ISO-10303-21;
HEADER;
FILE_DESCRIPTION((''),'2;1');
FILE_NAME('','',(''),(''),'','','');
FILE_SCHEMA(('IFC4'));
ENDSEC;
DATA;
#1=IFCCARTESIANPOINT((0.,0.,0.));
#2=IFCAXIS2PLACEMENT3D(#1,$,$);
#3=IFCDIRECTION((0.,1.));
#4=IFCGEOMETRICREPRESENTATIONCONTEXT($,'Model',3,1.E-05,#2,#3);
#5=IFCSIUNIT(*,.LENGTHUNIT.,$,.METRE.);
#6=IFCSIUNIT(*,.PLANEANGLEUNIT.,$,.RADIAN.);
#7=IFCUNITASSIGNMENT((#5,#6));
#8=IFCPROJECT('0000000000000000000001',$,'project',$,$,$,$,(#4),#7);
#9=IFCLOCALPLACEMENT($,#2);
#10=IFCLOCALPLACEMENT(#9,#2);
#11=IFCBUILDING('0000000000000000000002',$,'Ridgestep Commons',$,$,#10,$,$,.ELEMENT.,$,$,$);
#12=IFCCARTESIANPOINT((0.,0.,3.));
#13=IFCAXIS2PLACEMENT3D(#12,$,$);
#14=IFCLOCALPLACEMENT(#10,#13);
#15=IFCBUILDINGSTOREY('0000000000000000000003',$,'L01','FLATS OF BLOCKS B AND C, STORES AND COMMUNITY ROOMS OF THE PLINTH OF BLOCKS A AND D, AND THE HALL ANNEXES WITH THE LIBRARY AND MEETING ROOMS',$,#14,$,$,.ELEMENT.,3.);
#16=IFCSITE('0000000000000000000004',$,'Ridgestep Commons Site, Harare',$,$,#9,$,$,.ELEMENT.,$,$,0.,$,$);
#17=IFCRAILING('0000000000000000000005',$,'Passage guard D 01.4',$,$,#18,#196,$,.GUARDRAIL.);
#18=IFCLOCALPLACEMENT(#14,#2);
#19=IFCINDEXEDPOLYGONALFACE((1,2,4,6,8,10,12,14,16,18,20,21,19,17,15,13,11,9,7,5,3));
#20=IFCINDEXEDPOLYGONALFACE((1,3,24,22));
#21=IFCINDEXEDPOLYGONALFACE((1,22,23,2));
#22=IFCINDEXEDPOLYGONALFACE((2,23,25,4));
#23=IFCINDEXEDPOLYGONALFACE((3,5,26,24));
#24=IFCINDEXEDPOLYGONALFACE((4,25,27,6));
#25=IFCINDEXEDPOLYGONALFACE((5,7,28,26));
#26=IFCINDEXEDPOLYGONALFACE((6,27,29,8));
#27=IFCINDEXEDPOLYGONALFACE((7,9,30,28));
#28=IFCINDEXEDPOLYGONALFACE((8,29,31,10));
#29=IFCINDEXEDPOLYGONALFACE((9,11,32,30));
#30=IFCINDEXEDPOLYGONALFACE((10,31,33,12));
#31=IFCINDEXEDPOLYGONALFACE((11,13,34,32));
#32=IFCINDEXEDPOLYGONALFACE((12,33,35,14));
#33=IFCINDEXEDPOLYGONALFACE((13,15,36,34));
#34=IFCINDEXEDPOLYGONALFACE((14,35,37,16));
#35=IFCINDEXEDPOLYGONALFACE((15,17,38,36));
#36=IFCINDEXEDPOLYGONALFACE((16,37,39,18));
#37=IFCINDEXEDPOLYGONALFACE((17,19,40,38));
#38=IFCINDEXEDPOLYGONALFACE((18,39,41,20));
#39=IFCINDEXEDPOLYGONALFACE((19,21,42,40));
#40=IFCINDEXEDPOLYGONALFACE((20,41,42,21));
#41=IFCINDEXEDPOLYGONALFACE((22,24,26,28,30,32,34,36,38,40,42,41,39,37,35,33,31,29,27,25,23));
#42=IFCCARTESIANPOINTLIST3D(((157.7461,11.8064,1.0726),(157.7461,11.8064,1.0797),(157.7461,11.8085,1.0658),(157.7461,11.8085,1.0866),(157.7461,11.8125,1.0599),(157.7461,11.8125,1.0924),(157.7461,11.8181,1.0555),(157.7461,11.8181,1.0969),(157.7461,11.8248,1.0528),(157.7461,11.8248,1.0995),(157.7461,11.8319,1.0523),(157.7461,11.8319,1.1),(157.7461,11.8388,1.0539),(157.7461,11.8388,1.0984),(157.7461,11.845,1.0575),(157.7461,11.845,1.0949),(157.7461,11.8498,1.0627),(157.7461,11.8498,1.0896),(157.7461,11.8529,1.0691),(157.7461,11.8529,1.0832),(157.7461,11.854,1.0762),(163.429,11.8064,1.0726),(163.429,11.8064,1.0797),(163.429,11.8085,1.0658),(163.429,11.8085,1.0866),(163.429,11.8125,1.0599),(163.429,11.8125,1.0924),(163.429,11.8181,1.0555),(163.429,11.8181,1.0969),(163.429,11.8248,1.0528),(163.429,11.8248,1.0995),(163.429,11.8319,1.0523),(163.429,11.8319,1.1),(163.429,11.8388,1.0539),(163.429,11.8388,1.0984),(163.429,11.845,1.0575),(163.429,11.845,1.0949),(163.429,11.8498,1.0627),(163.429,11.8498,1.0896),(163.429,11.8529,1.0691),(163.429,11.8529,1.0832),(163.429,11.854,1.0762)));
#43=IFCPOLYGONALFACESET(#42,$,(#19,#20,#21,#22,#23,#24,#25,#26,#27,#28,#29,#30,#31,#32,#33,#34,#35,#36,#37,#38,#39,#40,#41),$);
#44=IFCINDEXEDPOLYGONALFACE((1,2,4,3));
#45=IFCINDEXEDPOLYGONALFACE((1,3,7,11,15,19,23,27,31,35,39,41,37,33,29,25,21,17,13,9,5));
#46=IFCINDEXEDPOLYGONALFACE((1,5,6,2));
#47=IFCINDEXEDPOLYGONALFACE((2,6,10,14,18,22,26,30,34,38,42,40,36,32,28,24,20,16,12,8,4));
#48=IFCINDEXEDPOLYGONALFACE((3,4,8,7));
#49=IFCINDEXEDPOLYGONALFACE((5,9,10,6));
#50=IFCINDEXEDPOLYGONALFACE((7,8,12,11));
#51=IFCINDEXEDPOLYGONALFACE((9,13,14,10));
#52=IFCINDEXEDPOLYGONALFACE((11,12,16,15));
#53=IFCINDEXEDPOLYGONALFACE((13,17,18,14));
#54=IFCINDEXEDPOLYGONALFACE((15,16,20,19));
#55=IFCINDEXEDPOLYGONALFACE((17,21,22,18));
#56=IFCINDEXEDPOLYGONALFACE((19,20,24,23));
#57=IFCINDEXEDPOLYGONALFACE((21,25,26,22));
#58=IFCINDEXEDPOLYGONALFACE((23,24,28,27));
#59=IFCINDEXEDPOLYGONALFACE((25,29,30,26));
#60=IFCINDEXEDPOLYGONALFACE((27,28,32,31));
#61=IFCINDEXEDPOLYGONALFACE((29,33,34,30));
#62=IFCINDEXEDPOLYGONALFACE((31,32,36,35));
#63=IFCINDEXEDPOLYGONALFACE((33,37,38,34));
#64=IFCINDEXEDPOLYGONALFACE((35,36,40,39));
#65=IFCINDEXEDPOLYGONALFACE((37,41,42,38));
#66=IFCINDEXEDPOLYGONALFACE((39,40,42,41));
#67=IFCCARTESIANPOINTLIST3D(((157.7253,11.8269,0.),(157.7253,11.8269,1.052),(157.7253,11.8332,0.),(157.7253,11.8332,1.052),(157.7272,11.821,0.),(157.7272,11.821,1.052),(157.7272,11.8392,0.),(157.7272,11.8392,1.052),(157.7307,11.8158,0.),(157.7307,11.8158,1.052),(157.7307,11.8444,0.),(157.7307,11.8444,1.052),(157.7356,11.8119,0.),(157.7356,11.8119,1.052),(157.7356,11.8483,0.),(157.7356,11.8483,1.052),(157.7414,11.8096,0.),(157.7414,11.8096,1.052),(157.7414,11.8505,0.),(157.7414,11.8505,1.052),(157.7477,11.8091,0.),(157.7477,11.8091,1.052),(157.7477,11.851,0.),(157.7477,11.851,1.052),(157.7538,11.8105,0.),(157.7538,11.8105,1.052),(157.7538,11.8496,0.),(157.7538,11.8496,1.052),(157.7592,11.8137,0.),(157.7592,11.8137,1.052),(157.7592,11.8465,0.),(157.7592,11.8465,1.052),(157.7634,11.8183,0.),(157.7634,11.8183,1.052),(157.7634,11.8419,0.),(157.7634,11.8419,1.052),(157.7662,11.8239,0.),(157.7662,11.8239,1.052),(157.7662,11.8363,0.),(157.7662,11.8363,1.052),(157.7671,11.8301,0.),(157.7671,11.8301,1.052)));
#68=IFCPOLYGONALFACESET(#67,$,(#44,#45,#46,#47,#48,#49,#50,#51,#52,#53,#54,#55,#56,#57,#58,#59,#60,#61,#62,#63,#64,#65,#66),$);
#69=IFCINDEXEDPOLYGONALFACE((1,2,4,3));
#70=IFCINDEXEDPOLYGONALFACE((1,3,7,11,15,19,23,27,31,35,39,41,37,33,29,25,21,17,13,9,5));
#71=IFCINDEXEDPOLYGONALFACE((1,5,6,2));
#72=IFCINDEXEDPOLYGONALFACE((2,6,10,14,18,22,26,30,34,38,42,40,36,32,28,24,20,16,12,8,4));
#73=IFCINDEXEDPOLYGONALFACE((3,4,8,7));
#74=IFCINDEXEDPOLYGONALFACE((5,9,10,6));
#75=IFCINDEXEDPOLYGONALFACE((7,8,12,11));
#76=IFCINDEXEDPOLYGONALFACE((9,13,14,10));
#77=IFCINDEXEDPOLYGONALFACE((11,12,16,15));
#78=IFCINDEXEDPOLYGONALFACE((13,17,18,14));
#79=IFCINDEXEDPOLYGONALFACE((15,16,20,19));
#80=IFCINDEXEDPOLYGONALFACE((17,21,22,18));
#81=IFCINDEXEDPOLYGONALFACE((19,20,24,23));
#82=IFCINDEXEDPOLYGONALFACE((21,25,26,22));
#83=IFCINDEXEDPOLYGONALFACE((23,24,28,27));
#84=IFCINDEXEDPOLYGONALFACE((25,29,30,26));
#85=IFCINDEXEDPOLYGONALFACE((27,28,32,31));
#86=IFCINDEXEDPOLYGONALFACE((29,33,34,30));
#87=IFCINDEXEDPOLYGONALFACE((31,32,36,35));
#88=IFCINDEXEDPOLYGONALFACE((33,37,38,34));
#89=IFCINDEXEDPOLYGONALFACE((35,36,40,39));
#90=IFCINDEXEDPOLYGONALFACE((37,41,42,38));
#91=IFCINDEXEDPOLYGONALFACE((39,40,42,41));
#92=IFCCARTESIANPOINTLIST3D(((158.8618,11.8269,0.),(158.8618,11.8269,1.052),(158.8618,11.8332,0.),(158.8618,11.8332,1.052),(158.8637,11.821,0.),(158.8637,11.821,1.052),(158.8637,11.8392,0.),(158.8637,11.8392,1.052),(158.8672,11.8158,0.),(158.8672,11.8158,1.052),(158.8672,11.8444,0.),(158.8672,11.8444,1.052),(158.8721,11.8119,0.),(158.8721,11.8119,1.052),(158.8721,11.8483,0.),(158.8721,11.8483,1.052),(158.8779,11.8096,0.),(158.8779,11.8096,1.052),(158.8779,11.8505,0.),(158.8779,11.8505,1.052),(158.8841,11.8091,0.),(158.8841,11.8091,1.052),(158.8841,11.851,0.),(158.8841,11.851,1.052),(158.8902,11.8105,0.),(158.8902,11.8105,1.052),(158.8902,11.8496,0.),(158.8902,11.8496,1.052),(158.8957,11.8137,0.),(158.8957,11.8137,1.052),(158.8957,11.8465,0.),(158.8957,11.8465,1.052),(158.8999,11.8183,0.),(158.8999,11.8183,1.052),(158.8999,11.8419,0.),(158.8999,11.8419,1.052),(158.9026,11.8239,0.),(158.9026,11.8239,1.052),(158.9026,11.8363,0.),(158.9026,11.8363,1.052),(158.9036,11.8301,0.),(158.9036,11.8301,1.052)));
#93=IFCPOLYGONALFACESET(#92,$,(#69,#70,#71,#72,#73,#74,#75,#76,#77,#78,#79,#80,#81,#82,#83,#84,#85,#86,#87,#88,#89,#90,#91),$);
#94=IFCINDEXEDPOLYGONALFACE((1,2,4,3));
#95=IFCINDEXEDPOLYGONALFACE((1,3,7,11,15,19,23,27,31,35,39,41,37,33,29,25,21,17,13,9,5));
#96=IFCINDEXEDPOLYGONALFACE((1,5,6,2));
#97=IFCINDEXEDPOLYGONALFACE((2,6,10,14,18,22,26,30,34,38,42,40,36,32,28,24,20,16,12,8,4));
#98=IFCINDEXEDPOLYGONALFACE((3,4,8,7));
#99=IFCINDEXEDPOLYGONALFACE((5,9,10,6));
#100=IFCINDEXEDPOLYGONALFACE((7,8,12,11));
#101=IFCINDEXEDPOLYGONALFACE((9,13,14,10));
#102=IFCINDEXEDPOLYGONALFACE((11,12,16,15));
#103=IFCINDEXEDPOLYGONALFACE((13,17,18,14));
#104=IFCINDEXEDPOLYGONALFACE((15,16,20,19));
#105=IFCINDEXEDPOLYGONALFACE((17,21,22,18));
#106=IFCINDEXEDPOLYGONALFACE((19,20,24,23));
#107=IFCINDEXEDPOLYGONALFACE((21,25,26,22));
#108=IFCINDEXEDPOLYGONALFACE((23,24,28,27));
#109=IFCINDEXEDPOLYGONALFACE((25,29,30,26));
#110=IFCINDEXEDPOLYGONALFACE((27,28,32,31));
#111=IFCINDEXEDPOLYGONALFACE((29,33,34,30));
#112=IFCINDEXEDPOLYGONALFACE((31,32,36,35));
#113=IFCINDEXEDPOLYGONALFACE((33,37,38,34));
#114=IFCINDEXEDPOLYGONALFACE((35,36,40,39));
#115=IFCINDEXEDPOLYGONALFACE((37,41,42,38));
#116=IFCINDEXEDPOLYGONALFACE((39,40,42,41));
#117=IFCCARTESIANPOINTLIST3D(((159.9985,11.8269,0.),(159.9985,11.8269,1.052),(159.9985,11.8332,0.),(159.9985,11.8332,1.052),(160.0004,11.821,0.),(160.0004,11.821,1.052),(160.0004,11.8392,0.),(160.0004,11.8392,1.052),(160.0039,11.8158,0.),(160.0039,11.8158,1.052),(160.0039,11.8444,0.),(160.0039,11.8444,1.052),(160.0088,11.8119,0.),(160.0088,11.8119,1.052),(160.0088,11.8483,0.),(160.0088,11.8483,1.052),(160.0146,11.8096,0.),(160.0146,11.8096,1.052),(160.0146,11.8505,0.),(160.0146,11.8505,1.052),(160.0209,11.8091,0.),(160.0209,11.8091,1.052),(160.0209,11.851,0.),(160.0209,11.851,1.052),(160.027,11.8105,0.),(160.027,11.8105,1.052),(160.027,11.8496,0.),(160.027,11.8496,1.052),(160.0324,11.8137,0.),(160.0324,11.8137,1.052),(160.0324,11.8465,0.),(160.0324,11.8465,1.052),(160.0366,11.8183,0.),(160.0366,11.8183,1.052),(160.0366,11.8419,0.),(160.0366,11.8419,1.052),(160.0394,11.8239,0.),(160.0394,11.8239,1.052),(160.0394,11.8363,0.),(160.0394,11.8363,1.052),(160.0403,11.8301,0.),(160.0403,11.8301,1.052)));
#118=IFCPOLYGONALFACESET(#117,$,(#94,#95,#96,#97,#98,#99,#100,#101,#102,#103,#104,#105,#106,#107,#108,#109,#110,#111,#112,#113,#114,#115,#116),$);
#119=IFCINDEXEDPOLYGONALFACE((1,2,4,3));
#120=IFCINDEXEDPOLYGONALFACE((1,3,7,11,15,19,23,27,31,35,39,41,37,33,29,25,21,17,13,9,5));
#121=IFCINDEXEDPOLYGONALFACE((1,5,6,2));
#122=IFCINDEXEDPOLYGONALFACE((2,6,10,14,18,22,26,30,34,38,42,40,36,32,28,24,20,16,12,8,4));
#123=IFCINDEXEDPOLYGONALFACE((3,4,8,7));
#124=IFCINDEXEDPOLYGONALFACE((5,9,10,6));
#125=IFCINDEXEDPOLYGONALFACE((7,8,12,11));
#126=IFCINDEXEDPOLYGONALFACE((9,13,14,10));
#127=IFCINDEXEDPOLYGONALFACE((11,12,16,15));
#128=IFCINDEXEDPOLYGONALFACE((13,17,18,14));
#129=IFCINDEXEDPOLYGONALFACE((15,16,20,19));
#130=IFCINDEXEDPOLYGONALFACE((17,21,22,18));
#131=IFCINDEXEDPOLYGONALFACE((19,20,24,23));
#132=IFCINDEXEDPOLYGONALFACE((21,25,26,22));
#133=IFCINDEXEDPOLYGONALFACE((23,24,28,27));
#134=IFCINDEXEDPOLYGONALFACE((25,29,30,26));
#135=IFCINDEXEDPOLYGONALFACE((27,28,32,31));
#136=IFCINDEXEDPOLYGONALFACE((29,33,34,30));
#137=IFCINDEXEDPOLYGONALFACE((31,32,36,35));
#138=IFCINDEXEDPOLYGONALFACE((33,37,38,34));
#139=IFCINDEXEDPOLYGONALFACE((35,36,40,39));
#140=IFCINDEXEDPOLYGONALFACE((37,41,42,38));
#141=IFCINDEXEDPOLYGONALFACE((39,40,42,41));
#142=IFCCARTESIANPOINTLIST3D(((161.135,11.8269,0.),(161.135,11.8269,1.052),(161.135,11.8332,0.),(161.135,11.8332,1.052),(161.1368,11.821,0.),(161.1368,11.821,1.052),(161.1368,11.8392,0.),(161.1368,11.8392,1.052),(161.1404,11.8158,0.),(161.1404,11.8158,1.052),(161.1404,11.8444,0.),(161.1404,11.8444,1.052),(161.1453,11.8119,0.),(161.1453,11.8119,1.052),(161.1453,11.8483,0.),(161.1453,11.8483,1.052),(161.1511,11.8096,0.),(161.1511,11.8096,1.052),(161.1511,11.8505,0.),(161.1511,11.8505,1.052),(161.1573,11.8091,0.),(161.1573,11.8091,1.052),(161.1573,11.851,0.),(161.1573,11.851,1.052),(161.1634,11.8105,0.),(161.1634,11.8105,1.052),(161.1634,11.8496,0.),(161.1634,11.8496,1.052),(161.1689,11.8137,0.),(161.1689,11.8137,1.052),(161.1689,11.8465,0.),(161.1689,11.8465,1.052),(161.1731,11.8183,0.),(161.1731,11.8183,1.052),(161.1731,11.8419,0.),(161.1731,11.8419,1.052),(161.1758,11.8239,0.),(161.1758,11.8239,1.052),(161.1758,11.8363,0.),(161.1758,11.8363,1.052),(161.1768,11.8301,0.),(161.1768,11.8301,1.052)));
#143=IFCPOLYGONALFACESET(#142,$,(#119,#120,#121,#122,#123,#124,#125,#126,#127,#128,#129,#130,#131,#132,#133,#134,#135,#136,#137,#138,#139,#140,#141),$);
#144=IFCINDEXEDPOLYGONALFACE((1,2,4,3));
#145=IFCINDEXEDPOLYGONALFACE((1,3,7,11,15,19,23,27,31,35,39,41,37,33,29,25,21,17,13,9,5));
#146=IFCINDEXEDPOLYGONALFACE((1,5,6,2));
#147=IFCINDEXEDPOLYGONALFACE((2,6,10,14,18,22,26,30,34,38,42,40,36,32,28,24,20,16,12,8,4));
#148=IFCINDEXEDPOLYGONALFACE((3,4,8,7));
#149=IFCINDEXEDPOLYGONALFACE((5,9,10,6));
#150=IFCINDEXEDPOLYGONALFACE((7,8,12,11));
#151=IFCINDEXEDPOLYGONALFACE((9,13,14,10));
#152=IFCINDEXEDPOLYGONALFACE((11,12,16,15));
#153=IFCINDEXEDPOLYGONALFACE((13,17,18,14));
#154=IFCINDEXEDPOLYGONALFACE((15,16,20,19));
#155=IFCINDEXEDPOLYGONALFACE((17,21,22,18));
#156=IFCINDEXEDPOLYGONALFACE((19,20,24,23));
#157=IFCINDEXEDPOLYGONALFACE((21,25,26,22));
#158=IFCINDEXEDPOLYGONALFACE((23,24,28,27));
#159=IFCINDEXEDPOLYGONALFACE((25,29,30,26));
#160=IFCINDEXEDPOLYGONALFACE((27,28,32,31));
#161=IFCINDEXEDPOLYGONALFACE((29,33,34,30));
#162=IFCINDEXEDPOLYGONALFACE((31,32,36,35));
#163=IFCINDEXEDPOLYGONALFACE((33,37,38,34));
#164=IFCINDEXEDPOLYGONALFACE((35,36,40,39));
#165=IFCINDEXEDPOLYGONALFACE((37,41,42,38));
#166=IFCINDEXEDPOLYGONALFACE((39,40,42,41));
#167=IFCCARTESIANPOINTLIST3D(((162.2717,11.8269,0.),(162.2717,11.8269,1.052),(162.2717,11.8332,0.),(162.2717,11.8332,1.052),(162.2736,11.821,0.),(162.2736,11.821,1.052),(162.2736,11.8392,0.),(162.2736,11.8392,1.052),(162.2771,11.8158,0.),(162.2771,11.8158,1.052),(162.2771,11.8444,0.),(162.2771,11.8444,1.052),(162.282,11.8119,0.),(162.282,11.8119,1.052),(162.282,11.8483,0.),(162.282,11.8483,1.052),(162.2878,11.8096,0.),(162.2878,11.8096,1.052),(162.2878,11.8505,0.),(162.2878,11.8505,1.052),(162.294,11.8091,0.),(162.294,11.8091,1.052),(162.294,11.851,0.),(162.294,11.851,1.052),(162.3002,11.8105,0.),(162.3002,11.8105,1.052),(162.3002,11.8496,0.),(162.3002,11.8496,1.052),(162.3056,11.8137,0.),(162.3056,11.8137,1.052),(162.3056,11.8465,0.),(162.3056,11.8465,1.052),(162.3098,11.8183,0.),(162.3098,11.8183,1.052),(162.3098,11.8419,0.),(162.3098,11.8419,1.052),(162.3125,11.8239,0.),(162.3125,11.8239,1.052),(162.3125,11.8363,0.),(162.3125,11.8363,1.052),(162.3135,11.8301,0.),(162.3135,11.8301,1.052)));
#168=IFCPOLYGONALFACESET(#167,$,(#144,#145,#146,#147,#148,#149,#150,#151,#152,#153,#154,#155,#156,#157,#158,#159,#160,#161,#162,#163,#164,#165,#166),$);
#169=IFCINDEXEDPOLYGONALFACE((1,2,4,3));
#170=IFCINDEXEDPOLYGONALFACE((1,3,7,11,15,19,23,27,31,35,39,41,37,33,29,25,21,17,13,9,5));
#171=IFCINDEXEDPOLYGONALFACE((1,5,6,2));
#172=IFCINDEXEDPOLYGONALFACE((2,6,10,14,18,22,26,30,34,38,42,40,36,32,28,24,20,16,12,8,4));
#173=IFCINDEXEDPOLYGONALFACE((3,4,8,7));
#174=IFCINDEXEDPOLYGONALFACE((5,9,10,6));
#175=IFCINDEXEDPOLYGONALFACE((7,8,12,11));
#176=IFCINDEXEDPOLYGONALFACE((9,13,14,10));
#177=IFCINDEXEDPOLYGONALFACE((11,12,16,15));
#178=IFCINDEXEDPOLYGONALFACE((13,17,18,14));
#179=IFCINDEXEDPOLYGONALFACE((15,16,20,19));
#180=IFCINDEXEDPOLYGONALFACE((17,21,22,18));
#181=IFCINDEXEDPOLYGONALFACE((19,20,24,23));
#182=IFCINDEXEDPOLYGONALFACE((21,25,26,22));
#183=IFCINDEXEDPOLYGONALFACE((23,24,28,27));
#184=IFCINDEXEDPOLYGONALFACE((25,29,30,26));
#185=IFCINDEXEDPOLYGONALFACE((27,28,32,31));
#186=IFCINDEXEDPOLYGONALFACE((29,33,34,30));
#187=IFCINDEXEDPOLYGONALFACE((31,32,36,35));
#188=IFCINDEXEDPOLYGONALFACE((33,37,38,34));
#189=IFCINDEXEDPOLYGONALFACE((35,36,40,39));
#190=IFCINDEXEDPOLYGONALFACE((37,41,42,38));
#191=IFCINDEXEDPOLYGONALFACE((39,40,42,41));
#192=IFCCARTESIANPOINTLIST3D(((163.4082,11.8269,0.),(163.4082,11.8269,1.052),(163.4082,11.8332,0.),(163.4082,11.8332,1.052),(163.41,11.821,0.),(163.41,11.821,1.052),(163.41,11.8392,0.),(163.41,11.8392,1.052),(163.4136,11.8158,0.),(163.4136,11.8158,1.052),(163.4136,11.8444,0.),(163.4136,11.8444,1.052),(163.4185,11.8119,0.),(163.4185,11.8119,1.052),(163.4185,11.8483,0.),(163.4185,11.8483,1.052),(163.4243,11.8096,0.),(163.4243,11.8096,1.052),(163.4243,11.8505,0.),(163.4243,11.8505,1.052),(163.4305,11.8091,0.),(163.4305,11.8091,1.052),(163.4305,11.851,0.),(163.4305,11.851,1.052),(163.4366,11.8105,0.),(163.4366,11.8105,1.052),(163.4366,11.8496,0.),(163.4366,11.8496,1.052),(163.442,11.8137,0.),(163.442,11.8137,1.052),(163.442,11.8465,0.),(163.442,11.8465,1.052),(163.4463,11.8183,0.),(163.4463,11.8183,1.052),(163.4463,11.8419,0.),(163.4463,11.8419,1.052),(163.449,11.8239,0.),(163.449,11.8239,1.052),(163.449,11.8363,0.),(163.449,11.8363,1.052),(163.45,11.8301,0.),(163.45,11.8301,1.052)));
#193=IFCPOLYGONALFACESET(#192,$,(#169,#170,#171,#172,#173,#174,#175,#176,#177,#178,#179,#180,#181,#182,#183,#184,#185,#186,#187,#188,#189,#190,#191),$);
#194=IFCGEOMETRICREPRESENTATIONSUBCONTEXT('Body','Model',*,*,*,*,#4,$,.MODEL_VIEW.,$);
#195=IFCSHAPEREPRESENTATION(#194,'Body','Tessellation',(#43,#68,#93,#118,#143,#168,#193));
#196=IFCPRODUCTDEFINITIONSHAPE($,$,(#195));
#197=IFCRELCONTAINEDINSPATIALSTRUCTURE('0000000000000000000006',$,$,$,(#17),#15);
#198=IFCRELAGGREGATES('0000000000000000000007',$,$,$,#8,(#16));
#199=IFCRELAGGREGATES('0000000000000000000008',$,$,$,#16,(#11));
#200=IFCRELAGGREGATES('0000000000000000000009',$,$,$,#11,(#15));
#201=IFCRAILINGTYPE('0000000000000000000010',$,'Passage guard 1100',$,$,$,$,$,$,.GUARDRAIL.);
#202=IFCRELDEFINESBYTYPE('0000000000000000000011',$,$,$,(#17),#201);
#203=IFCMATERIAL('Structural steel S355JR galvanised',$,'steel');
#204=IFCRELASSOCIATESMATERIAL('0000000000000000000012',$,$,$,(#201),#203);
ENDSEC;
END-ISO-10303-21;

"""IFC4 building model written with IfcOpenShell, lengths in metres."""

from ifc_helpers import new_model, si_unit, direction, frame, origin, origin_2d, place, context, subcontext, project, spatial, circle, extrude, material, type_object, element, save


model = new_model("IFC4")

# Units and contexts
model_context = context("Model", 3, precision=1e-05, world=origin(), true_north=direction((0.0, 1.0)))
body_context = subcontext(model_context, "Body", "Model", "MODEL_VIEW")
ifc_project = project(units=[si_unit("LENGTHUNIT", "METRE"), si_unit("PLANEANGLEUNIT", "RADIAN")], contexts=[model_context])

# Site, building, storey
site_placement = place(None, origin())
site = spatial("IfcSite", under=ifc_project, at=site_placement, Name="Ridgestep Commons Site, Harare", CompositionType="ELEMENT", RefElevation=0.0)
building_placement = place(site_placement, origin())
building = spatial("IfcBuilding", under=site, at=building_placement, Name="Ridgestep Commons", CompositionType="ELEMENT")
storey_placement = place(building_placement, frame((0.0, 0.0, 3.0)))
storey = spatial("IfcBuildingStorey", under=building, at=storey_placement, Name="L01", Description="FLATS OF BLOCKS B AND C, STORES AND COMMUNITY ROOMS OF THE PLINTH OF BLOCKS A AND D, AND THE HALL ANNEXES WITH THE LIBRARY AND MEETING ROOMS", CompositionType="ELEMENT", Elevation=3.0)

# Railing
ifc_material_1 = material(Name="Structural steel S355JR galvanised", Category="steel")
railing_type = type_object("IfcRailingType", Name="Passage guard 1100", PredefinedType="GUARDRAIL", material=ifc_material_1)
railing_1_placement = place(storey_placement, frame((157.7461, 11.8301, 0.0)))
element("IfcRailing", 1, at=railing_1_placement, inside=storey, type_object=railing_type, Name="Passage guard D 01.4", PredefinedType="GUARDRAIL", context=body_context, shape_type="SweptSolid", body=[
    extrude(circle(Radius=0.0239, at=origin_2d()), frame((0.0, 0.0, 1.0762), z_axis=(1.0, 0.0, 0.0), x_axis=(0.0, 1.0, 0.0)), (0.0, 0.0, 1.0), 5.6829),
    extrude(circle(Radius=0.021, at=origin_2d()), origin(), (0.0, 0.0, 1.0), 1.052),
    extrude(circle(Radius=0.021, at=origin_2d()), frame((1.1365, 0.0, 0.0)), (0.0, 0.0, 1.0), 1.052),
    extrude(circle(Radius=0.021, at=origin_2d()), frame((2.2732, 0.0, 0.0)), (0.0, 0.0, 1.0), 1.052),
    extrude(circle(Radius=0.021, at=origin_2d()), frame((3.4097, 0.0, 0.0)), (0.0, 0.0, 1.0), 1.052),
    extrude(circle(Radius=0.021, at=origin_2d()), frame((4.5464, 0.0, 0.0)), (0.0, 0.0, 1.0), 1.052),
    extrude(circle(Radius=0.021, at=origin_2d()), frame((5.6829, 0.0, 0.0)), (0.0, 0.0, 1.0), 1.052),
])

save(model, "model.ifc")
